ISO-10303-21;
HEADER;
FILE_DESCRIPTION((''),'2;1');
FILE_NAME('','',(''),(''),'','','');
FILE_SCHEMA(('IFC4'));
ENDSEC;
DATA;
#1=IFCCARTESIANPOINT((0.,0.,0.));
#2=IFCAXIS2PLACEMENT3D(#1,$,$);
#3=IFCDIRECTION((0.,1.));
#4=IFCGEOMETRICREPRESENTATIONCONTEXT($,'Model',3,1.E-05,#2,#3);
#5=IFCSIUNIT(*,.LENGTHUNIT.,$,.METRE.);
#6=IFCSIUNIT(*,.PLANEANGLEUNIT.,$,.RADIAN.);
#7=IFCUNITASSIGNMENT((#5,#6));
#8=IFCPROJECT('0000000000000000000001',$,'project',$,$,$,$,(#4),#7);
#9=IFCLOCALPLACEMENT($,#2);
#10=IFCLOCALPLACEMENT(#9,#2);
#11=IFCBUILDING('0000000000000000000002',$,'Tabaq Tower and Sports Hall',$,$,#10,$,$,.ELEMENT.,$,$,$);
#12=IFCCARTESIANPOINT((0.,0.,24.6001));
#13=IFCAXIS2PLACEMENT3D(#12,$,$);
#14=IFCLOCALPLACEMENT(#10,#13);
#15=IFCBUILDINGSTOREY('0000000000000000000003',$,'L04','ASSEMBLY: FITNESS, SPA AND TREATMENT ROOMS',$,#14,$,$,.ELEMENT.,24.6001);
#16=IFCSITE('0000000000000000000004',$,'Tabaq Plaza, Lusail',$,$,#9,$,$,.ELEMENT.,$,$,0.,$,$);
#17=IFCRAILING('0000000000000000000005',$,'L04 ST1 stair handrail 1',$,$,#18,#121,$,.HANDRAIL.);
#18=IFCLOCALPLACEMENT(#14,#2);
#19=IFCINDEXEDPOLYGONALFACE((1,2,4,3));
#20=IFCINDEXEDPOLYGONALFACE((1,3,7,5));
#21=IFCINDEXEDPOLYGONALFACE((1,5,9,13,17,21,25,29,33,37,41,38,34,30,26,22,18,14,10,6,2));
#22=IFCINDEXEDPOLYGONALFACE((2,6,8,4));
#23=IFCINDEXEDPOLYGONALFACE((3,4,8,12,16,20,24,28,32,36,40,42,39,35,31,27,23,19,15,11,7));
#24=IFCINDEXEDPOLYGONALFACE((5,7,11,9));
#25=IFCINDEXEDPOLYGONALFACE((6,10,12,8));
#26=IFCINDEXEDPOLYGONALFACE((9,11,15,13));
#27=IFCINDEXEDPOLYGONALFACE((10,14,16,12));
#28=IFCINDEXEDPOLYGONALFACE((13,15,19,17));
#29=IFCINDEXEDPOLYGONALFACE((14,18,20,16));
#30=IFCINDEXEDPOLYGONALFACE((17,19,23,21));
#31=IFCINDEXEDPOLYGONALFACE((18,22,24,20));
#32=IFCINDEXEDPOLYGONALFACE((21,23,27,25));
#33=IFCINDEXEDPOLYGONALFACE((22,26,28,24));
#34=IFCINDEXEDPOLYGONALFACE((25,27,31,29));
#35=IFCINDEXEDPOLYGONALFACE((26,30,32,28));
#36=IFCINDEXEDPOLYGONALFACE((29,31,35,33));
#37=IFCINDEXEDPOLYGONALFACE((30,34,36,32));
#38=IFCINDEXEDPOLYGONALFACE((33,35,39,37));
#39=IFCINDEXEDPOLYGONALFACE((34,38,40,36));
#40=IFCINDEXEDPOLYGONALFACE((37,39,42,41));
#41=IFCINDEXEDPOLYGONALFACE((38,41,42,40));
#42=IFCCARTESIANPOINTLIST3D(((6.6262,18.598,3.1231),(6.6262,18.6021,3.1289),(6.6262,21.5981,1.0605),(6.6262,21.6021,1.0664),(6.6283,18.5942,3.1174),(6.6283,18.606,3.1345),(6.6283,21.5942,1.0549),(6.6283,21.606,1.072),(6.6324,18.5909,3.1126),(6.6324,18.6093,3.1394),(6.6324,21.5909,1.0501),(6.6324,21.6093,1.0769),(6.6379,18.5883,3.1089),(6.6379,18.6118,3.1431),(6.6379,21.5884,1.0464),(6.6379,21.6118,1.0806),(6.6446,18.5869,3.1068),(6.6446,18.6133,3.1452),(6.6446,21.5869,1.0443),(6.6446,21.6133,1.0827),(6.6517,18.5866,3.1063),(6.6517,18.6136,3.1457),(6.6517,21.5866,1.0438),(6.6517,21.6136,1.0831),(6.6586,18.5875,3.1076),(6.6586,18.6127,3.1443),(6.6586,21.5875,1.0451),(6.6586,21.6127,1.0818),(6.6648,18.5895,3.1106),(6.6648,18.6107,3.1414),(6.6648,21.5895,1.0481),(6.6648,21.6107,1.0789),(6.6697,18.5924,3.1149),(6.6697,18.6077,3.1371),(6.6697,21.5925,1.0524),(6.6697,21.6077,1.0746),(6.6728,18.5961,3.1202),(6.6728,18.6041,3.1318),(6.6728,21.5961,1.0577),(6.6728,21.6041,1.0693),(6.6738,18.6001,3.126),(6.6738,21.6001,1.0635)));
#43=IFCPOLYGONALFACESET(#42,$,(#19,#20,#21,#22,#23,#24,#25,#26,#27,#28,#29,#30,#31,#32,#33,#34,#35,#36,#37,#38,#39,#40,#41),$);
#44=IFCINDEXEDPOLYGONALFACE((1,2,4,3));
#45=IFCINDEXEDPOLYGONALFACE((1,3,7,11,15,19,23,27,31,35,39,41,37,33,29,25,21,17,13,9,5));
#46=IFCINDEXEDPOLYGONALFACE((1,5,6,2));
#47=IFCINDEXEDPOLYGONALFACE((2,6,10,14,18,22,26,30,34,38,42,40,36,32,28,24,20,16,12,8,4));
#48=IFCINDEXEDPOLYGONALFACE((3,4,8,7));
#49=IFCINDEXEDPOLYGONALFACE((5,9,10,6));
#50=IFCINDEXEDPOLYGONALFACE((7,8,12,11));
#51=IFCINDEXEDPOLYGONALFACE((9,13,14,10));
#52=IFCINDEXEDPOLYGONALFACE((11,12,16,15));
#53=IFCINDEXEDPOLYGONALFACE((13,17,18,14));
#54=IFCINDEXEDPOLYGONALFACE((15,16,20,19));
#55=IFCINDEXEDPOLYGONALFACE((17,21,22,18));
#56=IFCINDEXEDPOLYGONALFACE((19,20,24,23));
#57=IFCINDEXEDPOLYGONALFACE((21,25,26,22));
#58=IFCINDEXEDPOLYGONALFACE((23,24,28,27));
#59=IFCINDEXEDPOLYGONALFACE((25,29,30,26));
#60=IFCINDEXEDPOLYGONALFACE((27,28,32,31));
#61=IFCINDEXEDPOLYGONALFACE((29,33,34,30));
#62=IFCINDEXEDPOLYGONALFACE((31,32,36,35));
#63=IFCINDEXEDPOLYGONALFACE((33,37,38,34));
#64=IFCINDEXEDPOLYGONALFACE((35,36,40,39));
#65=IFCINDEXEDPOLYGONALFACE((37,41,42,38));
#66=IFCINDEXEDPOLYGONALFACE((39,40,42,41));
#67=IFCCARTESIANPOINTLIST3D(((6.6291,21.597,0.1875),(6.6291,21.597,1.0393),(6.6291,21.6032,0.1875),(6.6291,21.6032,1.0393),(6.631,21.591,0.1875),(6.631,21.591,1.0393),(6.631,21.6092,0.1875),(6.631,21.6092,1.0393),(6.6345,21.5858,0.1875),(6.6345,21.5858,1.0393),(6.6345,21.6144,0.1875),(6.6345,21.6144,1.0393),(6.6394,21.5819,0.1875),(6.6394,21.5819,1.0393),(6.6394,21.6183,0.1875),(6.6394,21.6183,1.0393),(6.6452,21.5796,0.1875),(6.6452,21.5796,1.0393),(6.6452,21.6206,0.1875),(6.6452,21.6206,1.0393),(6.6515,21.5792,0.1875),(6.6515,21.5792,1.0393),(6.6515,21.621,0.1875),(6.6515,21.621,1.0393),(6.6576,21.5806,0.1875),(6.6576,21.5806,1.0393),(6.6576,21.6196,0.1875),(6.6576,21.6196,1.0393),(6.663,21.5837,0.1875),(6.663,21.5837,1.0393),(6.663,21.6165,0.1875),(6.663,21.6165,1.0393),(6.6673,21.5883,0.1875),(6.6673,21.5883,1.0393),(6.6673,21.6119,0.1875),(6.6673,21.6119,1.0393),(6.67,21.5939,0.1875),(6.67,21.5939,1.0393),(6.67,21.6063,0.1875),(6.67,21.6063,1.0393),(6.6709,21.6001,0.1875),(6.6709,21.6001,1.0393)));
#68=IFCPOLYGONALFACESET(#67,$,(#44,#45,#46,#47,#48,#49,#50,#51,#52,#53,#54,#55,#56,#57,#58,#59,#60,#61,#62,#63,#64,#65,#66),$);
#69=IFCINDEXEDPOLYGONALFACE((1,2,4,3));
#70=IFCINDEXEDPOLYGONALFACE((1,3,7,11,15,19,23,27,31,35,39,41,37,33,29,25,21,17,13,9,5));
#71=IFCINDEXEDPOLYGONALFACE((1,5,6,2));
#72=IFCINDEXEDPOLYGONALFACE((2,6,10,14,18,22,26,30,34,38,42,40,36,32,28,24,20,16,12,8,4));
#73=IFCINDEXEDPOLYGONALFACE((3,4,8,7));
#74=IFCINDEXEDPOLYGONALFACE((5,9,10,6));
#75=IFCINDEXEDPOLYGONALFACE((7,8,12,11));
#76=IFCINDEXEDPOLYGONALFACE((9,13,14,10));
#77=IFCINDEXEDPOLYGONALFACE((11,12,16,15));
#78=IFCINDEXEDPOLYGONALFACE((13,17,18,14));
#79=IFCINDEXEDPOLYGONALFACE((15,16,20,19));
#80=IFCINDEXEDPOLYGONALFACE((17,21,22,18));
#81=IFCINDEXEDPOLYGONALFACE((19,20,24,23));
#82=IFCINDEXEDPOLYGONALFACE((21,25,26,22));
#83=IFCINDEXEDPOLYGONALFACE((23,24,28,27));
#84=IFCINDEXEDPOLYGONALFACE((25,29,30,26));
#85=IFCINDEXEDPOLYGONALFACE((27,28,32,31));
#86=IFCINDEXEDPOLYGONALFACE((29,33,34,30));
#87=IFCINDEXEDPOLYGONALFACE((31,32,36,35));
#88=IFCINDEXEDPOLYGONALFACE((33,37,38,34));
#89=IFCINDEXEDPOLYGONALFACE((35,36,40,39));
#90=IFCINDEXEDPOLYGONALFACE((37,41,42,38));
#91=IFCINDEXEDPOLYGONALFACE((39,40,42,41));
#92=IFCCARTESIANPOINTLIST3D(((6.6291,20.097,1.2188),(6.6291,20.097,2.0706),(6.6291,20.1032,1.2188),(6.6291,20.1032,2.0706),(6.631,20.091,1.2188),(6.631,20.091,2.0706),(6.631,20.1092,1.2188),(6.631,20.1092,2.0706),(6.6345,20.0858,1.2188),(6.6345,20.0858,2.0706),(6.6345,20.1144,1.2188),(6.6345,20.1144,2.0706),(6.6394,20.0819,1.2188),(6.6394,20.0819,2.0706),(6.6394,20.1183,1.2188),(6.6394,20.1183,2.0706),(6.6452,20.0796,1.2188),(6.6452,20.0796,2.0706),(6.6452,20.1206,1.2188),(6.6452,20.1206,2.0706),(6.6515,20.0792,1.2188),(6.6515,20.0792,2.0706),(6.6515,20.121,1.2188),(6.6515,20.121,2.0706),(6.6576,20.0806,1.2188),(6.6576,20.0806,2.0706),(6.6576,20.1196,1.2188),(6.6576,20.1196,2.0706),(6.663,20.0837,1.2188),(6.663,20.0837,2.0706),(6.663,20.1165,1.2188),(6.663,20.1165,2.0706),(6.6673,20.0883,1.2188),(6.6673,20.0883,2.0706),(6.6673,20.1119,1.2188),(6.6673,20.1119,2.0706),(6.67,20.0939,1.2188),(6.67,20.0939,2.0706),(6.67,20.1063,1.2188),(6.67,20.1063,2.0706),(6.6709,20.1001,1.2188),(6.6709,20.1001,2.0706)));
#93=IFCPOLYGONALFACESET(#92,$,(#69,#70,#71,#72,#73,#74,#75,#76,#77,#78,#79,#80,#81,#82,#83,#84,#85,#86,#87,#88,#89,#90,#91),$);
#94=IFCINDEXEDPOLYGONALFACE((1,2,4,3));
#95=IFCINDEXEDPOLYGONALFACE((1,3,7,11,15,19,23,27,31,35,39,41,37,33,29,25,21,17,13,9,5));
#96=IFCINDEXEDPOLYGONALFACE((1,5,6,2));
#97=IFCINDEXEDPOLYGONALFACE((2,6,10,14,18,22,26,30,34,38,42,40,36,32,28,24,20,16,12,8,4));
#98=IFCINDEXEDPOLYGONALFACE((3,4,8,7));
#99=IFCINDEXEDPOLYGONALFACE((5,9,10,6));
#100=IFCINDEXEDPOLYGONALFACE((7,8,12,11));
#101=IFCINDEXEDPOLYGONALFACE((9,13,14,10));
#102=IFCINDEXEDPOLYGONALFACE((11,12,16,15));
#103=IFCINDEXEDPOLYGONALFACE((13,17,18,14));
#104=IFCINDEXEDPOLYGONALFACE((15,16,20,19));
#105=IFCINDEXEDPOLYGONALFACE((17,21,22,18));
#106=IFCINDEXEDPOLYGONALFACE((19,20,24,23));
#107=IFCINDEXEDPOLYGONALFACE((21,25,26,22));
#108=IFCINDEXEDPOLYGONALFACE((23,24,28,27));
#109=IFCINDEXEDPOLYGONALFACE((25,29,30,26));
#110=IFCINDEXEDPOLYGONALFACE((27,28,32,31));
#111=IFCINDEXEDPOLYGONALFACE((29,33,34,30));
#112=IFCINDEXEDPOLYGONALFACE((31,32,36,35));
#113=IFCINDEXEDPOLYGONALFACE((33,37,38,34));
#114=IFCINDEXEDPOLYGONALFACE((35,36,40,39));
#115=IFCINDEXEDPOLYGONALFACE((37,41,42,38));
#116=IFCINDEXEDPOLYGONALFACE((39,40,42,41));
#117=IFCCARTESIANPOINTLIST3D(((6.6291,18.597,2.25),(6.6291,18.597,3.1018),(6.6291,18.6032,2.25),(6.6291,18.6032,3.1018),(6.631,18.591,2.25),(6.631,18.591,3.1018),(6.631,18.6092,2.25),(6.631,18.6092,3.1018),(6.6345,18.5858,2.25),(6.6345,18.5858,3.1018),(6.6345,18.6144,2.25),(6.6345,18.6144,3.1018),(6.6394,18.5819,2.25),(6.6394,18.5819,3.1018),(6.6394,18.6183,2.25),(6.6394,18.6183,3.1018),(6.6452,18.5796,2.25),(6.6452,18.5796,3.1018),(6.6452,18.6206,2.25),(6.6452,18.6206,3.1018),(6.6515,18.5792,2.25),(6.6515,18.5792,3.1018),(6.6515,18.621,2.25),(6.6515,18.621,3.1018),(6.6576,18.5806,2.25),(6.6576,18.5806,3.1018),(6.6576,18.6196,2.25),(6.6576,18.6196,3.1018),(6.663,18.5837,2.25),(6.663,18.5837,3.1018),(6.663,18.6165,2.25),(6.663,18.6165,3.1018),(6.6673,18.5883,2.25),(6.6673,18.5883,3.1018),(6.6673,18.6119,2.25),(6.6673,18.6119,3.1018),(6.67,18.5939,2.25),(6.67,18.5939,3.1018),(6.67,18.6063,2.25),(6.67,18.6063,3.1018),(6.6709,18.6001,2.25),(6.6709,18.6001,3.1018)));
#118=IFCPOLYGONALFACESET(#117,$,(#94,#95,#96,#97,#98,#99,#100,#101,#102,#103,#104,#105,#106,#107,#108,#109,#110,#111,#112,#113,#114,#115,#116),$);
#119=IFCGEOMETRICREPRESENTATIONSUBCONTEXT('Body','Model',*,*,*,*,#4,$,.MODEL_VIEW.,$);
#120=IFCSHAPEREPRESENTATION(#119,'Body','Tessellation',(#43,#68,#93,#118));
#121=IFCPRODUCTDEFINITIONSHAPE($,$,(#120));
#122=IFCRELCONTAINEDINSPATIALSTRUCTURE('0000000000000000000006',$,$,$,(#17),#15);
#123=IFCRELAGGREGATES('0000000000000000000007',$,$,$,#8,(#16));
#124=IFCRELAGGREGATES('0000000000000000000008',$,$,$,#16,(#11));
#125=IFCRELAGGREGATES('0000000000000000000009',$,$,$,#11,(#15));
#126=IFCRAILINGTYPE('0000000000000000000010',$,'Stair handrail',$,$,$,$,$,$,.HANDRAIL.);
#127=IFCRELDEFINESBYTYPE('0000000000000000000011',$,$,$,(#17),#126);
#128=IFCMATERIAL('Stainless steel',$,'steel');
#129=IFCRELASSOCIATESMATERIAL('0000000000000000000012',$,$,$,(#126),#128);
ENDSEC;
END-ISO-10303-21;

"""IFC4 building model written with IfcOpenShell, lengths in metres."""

from ifc_helpers import new_model, si_unit, direction, frame, origin, origin_2d, place, context, subcontext, project, spatial, circle, extrude, material, type_object, element, save


model = new_model("IFC4")

# Units and contexts
model_context = context("Model", 3, precision=1e-05, world=origin(), true_north=direction((0.0, 1.0)))
body_context = subcontext(model_context, "Body", "Model", "MODEL_VIEW")
ifc_project = project(units=[si_unit("LENGTHUNIT", "METRE"), si_unit("PLANEANGLEUNIT", "RADIAN")], contexts=[model_context])

# Site, building, storey
site_placement = place(None, origin())
site = spatial("IfcSite", under=ifc_project, at=site_placement, Name="Tabaq Plaza, Lusail", CompositionType="ELEMENT", RefElevation=0.0)
building_placement = place(site_placement, origin())
building = spatial("IfcBuilding", under=site, at=building_placement, Name="Tabaq Tower and Sports Hall", CompositionType="ELEMENT")
storey_placement = place(building_placement, frame((0.0, 0.0, 24.6001)))
storey = spatial("IfcBuildingStorey", under=building, at=storey_placement, Name="L04", Description="ASSEMBLY: FITNESS, SPA AND TREATMENT ROOMS", CompositionType="ELEMENT", Elevation=24.6001)

# Railing
ifc_material_1 = material(Name="Stainless steel", Category="steel")
railing_type = type_object("IfcRailingType", Name="Stair handrail", PredefinedType="HANDRAIL", material=ifc_material_1)
railing_placement = place(storey_placement, frame((6.6499, 21.6001, 0.1875)))
element("IfcRailing", 1, at=railing_placement, inside=storey, type_object=railing_type, Name="L04 ST1 stair handrail 1", PredefinedType="HANDRAIL", context=body_context, shape_type="SweptSolid", body=[
    extrude(circle(Radius=0.0239, at=origin_2d()), frame((0.0, 0.0, 0.876), z_axis=(0.0, -0.824042, 0.566529), x_axis=(1.0, 0.0, 0.0)), (0.0, 0.0, 1.0), 3.6406),
    extrude(circle(Radius=0.021, at=origin_2d()), origin(), (0.0, 0.0, 1.0), 0.8518),
    extrude(circle(Radius=0.021, at=origin_2d()), frame((0.0, -1.5, 1.0312)), (0.0, 0.0, 1.0), 0.8518),
    extrude(circle(Radius=0.021, at=origin_2d()), frame((0.0, -3.0, 2.0625)), (0.0, 0.0, 1.0), 0.8518),
])

save(model, "model.ifc")
